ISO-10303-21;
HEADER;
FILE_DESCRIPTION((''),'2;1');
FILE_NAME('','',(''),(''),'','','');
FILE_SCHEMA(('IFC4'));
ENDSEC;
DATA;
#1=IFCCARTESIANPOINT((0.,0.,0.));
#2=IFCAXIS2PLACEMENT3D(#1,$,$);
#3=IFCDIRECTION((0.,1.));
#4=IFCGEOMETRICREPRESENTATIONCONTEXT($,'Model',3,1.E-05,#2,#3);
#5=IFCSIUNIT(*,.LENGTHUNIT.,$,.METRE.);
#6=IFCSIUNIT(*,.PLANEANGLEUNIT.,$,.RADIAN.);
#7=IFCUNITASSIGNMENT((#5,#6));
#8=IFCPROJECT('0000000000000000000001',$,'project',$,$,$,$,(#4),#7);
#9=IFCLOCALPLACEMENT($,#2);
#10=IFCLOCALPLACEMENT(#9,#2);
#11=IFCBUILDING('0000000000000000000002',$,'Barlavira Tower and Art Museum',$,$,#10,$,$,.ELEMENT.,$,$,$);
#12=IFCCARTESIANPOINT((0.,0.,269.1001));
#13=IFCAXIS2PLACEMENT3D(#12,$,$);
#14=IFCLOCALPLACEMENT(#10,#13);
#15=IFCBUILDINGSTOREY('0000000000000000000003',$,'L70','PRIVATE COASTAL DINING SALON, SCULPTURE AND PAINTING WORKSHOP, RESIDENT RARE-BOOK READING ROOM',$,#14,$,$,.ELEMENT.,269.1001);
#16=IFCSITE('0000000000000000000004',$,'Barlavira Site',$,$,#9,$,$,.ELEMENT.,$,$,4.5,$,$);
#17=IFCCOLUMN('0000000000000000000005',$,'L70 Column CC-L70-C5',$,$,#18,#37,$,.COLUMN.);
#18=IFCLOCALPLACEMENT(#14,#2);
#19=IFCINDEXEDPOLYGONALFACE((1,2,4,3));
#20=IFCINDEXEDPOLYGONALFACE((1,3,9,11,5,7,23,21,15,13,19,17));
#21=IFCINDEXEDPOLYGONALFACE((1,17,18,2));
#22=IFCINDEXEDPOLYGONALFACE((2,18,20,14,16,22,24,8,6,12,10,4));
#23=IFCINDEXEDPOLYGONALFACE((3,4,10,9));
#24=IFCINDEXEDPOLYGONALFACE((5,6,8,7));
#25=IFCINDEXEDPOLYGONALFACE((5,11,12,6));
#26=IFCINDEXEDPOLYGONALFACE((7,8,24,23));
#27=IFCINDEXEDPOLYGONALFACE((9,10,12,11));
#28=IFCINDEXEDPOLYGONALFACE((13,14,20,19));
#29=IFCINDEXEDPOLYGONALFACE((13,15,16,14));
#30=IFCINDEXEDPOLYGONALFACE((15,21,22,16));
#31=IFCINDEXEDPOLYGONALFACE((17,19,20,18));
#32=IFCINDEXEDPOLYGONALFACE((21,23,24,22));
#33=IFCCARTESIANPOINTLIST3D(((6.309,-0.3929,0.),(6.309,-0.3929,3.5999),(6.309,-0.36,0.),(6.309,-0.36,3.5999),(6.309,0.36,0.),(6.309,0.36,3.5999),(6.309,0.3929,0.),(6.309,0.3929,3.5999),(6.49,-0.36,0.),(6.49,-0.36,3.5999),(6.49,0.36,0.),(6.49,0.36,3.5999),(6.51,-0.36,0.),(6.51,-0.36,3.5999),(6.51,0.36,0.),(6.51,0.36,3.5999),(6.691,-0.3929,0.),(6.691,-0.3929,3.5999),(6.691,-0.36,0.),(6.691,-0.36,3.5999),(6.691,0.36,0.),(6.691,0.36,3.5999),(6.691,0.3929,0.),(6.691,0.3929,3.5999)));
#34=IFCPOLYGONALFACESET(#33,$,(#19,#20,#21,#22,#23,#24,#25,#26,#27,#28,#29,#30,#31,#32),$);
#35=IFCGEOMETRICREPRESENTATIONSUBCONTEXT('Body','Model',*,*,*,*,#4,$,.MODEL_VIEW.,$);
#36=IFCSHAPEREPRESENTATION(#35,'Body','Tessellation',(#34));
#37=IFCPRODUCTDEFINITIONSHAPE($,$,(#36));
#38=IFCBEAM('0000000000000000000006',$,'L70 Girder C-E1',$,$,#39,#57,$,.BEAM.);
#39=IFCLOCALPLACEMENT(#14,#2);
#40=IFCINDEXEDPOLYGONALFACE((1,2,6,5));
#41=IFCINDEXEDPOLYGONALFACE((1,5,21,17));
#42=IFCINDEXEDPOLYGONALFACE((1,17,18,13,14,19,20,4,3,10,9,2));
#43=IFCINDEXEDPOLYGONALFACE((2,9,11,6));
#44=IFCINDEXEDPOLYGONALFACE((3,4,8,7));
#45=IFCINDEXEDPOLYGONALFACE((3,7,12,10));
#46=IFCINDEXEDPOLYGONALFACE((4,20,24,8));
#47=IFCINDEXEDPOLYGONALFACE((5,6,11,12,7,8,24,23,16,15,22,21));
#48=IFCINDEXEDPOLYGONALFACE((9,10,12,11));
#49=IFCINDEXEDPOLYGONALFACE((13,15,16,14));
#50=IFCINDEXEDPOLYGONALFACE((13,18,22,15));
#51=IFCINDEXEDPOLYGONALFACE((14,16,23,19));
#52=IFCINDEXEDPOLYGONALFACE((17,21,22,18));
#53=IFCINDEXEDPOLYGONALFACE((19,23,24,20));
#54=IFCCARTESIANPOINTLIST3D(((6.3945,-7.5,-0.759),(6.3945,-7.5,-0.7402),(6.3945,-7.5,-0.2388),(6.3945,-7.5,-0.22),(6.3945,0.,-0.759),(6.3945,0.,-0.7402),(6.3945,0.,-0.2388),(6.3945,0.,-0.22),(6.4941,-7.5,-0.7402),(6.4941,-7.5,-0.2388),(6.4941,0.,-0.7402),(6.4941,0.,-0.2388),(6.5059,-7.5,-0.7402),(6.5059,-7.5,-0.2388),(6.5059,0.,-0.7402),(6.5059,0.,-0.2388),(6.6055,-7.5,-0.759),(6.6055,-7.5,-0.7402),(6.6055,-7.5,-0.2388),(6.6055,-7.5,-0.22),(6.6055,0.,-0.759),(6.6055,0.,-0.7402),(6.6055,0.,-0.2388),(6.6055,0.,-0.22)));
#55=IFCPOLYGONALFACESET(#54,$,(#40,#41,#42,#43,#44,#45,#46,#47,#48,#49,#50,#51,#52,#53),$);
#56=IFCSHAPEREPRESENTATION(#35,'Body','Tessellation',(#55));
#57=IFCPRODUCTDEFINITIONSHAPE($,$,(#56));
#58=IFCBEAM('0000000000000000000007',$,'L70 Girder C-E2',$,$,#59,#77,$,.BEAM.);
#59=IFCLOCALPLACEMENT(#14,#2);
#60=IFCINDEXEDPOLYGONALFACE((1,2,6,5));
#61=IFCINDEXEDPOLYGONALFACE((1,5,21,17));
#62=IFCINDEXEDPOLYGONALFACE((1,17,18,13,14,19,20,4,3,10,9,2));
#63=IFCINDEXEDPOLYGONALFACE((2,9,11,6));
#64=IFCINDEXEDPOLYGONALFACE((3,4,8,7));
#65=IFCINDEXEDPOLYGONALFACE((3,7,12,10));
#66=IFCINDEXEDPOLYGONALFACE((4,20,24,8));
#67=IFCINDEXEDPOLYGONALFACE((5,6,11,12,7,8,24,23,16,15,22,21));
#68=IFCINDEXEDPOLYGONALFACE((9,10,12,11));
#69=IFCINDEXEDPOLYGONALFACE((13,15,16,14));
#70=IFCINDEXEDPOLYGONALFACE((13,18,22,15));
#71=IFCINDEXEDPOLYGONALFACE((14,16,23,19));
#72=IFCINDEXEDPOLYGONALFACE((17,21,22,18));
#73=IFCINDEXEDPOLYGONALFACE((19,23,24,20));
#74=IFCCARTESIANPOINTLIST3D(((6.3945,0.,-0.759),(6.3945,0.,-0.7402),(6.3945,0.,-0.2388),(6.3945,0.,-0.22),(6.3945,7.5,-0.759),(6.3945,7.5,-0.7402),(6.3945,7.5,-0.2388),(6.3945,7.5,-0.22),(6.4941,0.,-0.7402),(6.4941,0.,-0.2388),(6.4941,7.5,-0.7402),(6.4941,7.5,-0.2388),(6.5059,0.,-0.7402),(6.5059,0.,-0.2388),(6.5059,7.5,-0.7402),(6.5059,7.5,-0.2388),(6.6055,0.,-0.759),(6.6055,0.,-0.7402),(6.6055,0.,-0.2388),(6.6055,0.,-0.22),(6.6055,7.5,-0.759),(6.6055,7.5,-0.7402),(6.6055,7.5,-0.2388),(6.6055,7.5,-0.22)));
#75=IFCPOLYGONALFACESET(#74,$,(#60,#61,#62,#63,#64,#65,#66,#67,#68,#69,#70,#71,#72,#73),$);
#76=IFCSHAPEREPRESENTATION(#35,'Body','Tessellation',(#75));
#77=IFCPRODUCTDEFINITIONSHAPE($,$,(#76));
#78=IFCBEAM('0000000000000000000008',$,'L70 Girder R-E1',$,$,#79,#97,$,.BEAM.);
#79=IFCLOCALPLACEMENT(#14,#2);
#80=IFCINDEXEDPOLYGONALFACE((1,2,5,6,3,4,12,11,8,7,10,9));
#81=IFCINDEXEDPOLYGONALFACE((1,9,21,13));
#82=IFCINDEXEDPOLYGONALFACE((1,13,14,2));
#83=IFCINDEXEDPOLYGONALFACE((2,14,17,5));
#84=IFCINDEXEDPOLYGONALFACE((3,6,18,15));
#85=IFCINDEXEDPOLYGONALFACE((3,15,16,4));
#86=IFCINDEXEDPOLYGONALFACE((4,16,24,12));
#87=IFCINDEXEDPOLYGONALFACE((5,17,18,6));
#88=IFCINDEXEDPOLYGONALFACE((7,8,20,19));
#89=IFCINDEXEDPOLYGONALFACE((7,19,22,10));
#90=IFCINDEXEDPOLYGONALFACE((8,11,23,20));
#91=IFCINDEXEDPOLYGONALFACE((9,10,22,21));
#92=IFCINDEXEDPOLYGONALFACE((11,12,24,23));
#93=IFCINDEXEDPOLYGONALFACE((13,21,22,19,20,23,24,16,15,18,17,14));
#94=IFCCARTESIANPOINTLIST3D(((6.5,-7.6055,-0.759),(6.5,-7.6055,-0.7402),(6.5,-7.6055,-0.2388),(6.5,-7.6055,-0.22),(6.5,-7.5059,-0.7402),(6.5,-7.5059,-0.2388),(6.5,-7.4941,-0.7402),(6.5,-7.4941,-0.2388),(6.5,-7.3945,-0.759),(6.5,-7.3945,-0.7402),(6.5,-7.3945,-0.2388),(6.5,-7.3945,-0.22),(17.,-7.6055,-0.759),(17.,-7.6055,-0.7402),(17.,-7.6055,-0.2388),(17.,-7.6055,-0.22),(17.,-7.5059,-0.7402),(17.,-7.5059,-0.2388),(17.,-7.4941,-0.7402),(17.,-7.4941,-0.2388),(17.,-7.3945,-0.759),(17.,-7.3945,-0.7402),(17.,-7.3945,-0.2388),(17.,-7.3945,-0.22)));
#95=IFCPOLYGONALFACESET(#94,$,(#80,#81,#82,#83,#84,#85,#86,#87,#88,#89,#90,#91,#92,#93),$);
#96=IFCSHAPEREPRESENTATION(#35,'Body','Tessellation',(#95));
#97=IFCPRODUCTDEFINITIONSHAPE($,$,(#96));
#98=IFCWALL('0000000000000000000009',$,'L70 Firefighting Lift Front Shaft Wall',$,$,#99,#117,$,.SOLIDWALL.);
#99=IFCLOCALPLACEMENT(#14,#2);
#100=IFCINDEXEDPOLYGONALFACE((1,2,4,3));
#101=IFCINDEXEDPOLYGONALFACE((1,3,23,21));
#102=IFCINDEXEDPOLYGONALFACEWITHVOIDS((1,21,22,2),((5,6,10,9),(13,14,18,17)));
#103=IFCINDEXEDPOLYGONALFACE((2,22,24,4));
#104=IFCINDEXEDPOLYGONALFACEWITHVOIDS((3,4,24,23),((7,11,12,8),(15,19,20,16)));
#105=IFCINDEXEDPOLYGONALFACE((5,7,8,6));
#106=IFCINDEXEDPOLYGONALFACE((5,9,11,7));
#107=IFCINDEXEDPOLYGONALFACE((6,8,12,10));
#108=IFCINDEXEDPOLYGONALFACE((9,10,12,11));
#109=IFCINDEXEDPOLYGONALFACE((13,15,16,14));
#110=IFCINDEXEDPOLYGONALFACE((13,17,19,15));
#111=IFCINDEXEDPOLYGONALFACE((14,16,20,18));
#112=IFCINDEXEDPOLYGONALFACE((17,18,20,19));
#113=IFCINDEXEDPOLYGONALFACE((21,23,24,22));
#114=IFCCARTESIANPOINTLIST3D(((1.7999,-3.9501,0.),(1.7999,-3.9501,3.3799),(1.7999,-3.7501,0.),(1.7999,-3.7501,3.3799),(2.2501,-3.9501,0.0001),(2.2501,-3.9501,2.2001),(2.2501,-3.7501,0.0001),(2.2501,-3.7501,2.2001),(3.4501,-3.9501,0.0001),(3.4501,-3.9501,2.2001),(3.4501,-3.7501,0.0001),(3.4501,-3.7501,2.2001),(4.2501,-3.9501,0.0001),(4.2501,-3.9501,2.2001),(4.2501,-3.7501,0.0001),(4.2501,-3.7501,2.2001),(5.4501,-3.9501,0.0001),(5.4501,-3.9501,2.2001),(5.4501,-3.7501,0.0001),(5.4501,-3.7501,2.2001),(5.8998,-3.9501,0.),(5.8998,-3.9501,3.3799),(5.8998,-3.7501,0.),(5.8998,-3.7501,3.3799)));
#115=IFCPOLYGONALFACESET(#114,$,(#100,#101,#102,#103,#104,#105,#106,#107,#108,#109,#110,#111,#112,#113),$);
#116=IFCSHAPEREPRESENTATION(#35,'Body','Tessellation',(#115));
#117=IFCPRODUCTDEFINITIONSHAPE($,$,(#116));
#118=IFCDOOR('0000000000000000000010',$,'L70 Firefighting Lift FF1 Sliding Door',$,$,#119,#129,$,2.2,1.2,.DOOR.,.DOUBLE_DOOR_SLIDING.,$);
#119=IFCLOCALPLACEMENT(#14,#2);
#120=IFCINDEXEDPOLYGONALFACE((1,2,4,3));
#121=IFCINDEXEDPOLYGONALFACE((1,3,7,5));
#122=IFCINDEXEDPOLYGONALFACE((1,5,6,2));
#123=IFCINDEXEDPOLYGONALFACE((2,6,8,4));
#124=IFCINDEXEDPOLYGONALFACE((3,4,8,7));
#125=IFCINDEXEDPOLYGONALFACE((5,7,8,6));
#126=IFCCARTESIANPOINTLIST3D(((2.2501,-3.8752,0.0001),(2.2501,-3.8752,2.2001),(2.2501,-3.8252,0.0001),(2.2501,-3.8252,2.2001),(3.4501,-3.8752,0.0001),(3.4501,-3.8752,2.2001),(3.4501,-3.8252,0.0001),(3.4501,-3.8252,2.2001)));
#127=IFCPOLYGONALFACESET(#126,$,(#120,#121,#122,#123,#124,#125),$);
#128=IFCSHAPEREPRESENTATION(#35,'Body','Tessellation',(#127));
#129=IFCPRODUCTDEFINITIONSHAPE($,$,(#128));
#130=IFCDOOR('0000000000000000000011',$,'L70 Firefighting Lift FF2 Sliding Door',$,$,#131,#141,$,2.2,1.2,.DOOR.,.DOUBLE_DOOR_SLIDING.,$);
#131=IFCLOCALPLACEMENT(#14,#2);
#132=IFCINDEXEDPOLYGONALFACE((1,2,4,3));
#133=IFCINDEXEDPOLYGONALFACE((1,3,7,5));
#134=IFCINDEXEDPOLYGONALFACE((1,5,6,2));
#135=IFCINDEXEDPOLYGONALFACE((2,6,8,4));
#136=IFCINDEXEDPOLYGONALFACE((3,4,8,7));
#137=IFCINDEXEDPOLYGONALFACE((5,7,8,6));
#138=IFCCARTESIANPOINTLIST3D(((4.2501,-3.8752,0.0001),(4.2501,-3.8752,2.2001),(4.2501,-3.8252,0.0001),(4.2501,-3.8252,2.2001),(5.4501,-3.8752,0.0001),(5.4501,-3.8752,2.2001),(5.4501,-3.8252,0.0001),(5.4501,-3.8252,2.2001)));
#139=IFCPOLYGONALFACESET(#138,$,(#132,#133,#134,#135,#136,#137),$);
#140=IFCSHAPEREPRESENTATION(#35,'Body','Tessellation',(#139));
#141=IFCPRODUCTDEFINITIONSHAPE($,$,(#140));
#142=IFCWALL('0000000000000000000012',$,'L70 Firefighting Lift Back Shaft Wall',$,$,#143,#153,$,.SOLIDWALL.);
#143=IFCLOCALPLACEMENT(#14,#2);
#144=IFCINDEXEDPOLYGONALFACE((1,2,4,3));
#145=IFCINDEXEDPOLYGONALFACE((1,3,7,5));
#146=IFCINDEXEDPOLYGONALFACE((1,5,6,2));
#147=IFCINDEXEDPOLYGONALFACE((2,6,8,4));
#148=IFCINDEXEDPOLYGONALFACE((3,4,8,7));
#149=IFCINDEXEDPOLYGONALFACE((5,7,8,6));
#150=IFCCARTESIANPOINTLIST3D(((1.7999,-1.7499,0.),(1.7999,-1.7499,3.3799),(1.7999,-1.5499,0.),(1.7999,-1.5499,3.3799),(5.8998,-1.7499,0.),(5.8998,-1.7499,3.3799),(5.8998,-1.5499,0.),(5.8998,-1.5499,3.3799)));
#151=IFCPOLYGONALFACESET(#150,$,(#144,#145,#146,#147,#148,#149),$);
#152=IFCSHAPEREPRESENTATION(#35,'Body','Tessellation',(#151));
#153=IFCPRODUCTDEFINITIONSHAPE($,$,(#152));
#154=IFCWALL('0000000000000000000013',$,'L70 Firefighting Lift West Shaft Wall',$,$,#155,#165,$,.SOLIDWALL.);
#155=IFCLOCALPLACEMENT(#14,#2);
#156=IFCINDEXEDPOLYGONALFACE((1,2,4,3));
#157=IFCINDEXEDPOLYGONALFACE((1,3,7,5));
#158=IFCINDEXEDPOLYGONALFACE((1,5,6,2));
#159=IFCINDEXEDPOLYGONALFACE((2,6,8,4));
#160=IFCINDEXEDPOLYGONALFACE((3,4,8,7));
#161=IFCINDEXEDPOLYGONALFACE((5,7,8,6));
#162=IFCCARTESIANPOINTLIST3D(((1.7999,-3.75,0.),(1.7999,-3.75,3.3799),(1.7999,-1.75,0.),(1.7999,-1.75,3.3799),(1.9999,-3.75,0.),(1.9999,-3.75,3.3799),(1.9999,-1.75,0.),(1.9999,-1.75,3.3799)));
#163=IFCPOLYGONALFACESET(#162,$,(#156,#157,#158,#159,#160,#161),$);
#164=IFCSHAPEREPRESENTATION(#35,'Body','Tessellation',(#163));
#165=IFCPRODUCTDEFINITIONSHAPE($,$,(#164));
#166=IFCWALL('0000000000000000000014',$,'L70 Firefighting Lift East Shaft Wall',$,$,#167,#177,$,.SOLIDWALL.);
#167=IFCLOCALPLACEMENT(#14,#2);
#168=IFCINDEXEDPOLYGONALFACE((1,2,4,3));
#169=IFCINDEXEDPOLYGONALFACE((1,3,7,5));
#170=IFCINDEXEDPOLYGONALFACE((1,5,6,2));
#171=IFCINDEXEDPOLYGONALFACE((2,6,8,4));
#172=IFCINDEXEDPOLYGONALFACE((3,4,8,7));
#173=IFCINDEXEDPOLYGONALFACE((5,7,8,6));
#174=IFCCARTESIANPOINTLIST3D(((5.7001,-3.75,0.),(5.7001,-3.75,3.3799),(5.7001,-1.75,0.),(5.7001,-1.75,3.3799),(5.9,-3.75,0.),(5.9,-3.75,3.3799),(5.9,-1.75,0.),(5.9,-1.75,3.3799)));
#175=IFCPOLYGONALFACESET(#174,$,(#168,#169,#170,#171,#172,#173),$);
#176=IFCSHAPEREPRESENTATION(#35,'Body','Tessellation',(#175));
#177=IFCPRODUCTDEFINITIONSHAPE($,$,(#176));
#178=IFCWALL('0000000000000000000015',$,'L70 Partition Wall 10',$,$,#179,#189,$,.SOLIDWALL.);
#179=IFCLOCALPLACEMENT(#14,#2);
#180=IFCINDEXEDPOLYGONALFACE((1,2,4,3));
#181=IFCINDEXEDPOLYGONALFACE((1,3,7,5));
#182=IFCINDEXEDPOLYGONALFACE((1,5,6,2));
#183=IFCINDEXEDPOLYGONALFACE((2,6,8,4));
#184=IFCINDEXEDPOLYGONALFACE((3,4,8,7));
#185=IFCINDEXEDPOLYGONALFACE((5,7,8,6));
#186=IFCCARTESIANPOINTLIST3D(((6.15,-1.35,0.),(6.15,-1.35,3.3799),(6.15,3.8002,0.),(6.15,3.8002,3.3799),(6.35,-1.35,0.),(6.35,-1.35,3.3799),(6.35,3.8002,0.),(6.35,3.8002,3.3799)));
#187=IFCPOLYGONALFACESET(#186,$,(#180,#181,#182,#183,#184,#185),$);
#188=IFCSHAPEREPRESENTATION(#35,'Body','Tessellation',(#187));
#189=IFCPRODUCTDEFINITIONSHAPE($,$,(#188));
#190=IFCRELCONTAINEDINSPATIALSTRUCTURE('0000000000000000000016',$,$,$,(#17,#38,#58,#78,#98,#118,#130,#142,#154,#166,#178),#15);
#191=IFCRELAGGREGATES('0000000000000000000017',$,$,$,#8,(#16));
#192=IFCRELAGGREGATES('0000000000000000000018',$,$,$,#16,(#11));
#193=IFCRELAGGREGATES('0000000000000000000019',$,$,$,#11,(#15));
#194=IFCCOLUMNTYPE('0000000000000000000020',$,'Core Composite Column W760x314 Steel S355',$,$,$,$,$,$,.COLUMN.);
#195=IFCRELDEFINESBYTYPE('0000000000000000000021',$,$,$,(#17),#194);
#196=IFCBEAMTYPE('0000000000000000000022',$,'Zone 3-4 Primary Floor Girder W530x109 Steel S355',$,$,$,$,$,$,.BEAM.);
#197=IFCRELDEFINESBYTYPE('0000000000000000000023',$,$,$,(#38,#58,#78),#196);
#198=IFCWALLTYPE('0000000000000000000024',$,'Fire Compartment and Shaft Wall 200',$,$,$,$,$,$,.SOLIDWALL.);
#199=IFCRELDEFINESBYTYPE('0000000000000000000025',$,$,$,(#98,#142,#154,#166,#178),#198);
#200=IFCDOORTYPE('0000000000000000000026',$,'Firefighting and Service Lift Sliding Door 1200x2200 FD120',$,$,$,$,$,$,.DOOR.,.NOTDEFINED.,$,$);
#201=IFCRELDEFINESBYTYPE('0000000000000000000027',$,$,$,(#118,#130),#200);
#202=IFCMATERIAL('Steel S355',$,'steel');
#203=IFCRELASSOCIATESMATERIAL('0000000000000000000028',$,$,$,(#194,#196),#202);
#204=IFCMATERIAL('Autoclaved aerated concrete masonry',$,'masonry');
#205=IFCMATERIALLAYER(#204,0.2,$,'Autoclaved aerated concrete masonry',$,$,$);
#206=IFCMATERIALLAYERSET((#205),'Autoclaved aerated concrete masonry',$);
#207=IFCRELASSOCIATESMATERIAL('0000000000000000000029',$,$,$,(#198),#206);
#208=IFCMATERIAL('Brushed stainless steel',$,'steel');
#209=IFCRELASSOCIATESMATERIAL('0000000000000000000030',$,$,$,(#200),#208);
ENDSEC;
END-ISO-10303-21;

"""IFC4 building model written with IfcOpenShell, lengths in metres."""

from ifc_helpers import new_model, si_unit, direction, frame, frame_2d, origin, origin_2d, place, context, subcontext, project, spatial, rectangle, i_section, extrude, material, layer, layer_set, material_profile, profile_set, type_object, element, fill, save


model = new_model("IFC4")

# Units and contexts
model_context = context("Model", 3, precision=1e-05, world=origin(), true_north=direction((0.0, 1.0)))
body_context = subcontext(model_context, "Body", "Model", "MODEL_VIEW")
ifc_project = project(units=[si_unit("LENGTHUNIT", "METRE"), si_unit("PLANEANGLEUNIT", "RADIAN")], contexts=[model_context])

# Site, building, storey
site_placement = place(None, origin())
site = spatial("IfcSite", under=ifc_project, at=site_placement, Name="Barlavira Site", CompositionType="ELEMENT", RefElevation=4.5)
building_placement = place(site_placement, origin())
building = spatial("IfcBuilding", under=site, at=building_placement, Name="Barlavira Tower and Art Museum", CompositionType="ELEMENT")
storey_placement = place(building_placement, frame((0.0, 0.0, 269.1001)))
storey = spatial("IfcBuildingStorey", under=building, at=storey_placement, Name="L70", Description="PRIVATE COASTAL DINING SALON, SCULPTURE AND PAINTING WORKSHOP, RESIDENT RARE-BOOK READING ROOM", CompositionType="ELEMENT", Elevation=269.1001)

# Column
ifc_material_1 = material(Name="Steel S355", Category="steel")
ifc_material_profile_1 = material_profile(ifc_material_1, i_section(OverallWidth=0.3821, OverallDepth=0.7859, WebThickness=0.02, FlangeThickness=0.033, at=origin_2d()), Name="W760x314.0")
ifc_profile_set_1 = profile_set([ifc_material_profile_1], Name="Steel S355")
column_type = type_object("IfcColumnType", Name="Core Composite Column W760x314 Steel S355", PredefinedType="COLUMN", material=ifc_profile_set_1)
column_placement = place(storey_placement, frame((6.5, 0.0, 0.0), z_axis=(0.0, 0.0, 1.0), x_axis=(1.0, 0.0, 0.0)))
element("IfcColumn", 1, at=column_placement, inside=storey, type_object=column_type, Name="L70 Column CC-L70-C5", PredefinedType="COLUMN", context=body_context, shape_type="SweptSolid", body=[
    extrude(i_section(OverallWidth=0.3821, OverallDepth=0.7859, WebThickness=0.02, FlangeThickness=0.033, at=origin_2d()), origin(), (0.0, 0.0, 1.0), 3.5999),
])

# Beams
ifc_material_profile_2 = material_profile(ifc_material_1, i_section(OverallWidth=0.2109, OverallDepth=0.5391, WebThickness=0.0117, FlangeThickness=0.0188, at=origin_2d()), Name="W530x109.0")
ifc_profile_set_2 = profile_set([ifc_material_profile_2], Name="Steel S355")
beam_type = type_object("IfcBeamType", Name="Zone 3-4 Primary Floor Girder W530x109 Steel S355", PredefinedType="BEAM", material=ifc_profile_set_2)
for number, where, z_axis, x_axis, name in (
    (2, (6.5, -7.5, -0.4895), (0.0, 1.0, 0.0), (-1.0, 0.0, 0.0), "L70 Girder C-E1"),
    (3, (6.5, 0.0, -0.4895), (0.0, 1.0, 0.0), (-1.0, 0.0, 0.0), "L70 Girder C-E2"),
):
    element("IfcBeam", number, at=place(storey_placement, frame(where, z_axis=z_axis, x_axis=x_axis)), inside=storey, type_object=beam_type, Name=name, PredefinedType="BEAM", context=body_context, shape_type="SweptSolid", body=[
        extrude(i_section(OverallWidth=0.2109, OverallDepth=0.5391, WebThickness=0.0117, FlangeThickness=0.0188, at=origin_2d()), origin(), (0.0, 0.0, 1.0), 7.5),
    ])
beam_placement = place(storey_placement, frame((6.5, -7.5, -0.4895), z_axis=(1.0, 0.0, 0.0), x_axis=(0.0, 1.0, 0.0)))
element("IfcBeam", 4, at=beam_placement, inside=storey, type_object=beam_type, Name="L70 Girder R-E1", PredefinedType="BEAM", context=body_context, shape_type="SweptSolid", body=[
    extrude(i_section(OverallWidth=0.2109, OverallDepth=0.5391, WebThickness=0.0117, FlangeThickness=0.0188, at=origin_2d()), origin(), (0.0, 0.0, 1.0), 10.5),
])

# Shared definitions
ifc_material_2 = material(Name="Brushed stainless steel", Category="steel")

# Wall, openings, doors
ifc_material_3 = material(Name="Autoclaved aerated concrete masonry", Category="masonry")
ifc_layer_1 = layer(ifc_material_3, 0.2, Name="Autoclaved aerated concrete masonry")
ifc_layer_set_1 = layer_set([ifc_layer_1], Name="Autoclaved aerated concrete masonry")
wall_type_1 = type_object("IfcWallType", Name="Fire Compartment and Shaft Wall 200", PredefinedType="SOLIDWALL", material=ifc_layer_set_1)
wall_1_placement = place(storey_placement, frame((1.8, -3.8501, 0.0), z_axis=(0.0, 0.0, 1.0), x_axis=(1.0, 0.0, 0.0)))
wall_1 = element("IfcWall", 5, at=wall_1_placement, inside=storey, type_object=wall_type_1, Name="L70 Firefighting Lift Front Shaft Wall", PredefinedType="SOLIDWALL", context=body_context, shape_type="SweptSolid", body=[
    extrude(rectangle(XDim=4.0999, YDim=0.2, at=frame_2d((2.0498, 0.0))), origin(), (0.0, 0.0, 1.0), 3.3799),
])
opening_1_placement = place(wall_1_placement, frame((0.45, 0.0, 0.0)))
opening_1 = element("IfcOpeningElement", 6, at=opening_1_placement, cuts=wall_1, PredefinedType="OPENING", context=body_context, shape_type="SweptSolid", body=[
    extrude(rectangle(XDim=1.2, YDim=2.2, at=frame_2d((0.6001, 1.1001))), frame((0.0, 0.1099, 0.0), z_axis=(0.0, -1.0, 0.0), x_axis=(1.0, 0.0, 0.0)), (0.0, 0.0, 1.0), 0.22),
])
opening_2_placement = place(wall_1_placement, frame((2.45, 0.0, 0.0)))
opening_2 = element("IfcOpeningElement", 7, at=opening_2_placement, cuts=wall_1, PredefinedType="OPENING", context=body_context, shape_type="SweptSolid", body=[
    extrude(rectangle(XDim=1.2, YDim=2.2, at=frame_2d((0.6001, 1.1001))), frame((0.0, 0.1099, 0.0), z_axis=(0.0, -1.0, 0.0), x_axis=(1.0, 0.0, 0.0)), (0.0, 0.0, 1.0), 0.22),
])
door_type_1 = type_object("IfcDoorType", Name="Firefighting and Service Lift Sliding Door 1200x2200 FD120", OperationType="NOTDEFINED", PredefinedType="DOOR", material=ifc_material_2)
door_1_placement = place(opening_1_placement, origin())
door_1 = element("IfcDoor", 8, at=door_1_placement, inside=storey, type_object=door_type_1, Name="L70 Firefighting Lift FF1 Sliding Door", OperationType="DOUBLE_DOOR_SLIDING", OverallHeight=2.2, OverallWidth=1.2, PredefinedType="DOOR", context=body_context, shape_type="SweptSolid", body=[
    extrude(rectangle(XDim=1.2, YDim=2.2, at=frame_2d((0.6001, 1.1001))), frame((0.0, 0.0249, 0.0), z_axis=(0.0, -1.0, 0.0), x_axis=(1.0, 0.0, 0.0)), (0.0, 0.0, 1.0), 0.05),
])
fill(opening_1, door_1)
door_2_placement = place(opening_2_placement, origin())
door_2 = element("IfcDoor", 9, at=door_2_placement, inside=storey, type_object=door_type_1, Name="L70 Firefighting Lift FF2 Sliding Door", OperationType="DOUBLE_DOOR_SLIDING", OverallHeight=2.2, OverallWidth=1.2, PredefinedType="DOOR", context=body_context, shape_type="SweptSolid", body=[
    extrude(rectangle(XDim=1.2, YDim=2.2, at=frame_2d((0.6001, 1.1001))), frame((0.0, 0.0249, 0.0), z_axis=(0.0, -1.0, 0.0), x_axis=(1.0, 0.0, 0.0)), (0.0, 0.0, 1.0), 0.05),
])
fill(opening_2, door_2)

# Walls
wall_2_placement = place(storey_placement, frame((1.8, -1.6499, 0.0), z_axis=(0.0, 0.0, 1.0), x_axis=(1.0, 0.0, 0.0)))
element("IfcWall", 10, at=wall_2_placement, inside=storey, type_object=wall_type_1, Name="L70 Firefighting Lift Back Shaft Wall", PredefinedType="SOLIDWALL", context=body_context, shape_type="SweptSolid", body=[
    extrude(rectangle(XDim=4.0999, YDim=0.2, at=frame_2d((2.0498, 0.0))), origin(), (0.0, 0.0, 1.0), 3.3799),
])
for number, where, z_axis, x_axis, name in (
    (11, (1.8999, -3.75, 0.0), (0.0, 0.0, 1.0), (0.0, 1.0, 0.0), "L70 Firefighting Lift West Shaft Wall"),
    (12, (5.8, -3.75, 0.0), (0.0, 0.0, 1.0), (0.0, 1.0, 0.0), "L70 Firefighting Lift East Shaft Wall"),
):
    element("IfcWall", number, at=place(storey_placement, frame(where, z_axis=z_axis, x_axis=x_axis)), inside=storey, type_object=wall_type_1, Name=name, PredefinedType="SOLIDWALL", context=body_context, shape_type="SweptSolid", body=[
        extrude(rectangle(XDim=2.0, YDim=0.2, at=frame_2d((1.0, 0.0))), origin(), (0.0, 0.0, 1.0), 3.3799),
    ])

# Wall
wall_3_placement = place(storey_placement, frame((6.25, -1.3501, 0.0), z_axis=(0.0, 0.0, 1.0), x_axis=(0.0, 1.0, 0.0)))
element("IfcWall", 13, at=wall_3_placement, inside=storey, type_object=wall_type_1, Name="L70 Partition Wall 10", PredefinedType="SOLIDWALL", context=body_context, shape_type="SweptSolid", body=[
    extrude(rectangle(XDim=5.1501, YDim=0.2, at=frame_2d((2.5752, 0.0))), origin(), (0.0, 0.0, 1.0), 3.3799),
])

save(model, "model.ifc")
